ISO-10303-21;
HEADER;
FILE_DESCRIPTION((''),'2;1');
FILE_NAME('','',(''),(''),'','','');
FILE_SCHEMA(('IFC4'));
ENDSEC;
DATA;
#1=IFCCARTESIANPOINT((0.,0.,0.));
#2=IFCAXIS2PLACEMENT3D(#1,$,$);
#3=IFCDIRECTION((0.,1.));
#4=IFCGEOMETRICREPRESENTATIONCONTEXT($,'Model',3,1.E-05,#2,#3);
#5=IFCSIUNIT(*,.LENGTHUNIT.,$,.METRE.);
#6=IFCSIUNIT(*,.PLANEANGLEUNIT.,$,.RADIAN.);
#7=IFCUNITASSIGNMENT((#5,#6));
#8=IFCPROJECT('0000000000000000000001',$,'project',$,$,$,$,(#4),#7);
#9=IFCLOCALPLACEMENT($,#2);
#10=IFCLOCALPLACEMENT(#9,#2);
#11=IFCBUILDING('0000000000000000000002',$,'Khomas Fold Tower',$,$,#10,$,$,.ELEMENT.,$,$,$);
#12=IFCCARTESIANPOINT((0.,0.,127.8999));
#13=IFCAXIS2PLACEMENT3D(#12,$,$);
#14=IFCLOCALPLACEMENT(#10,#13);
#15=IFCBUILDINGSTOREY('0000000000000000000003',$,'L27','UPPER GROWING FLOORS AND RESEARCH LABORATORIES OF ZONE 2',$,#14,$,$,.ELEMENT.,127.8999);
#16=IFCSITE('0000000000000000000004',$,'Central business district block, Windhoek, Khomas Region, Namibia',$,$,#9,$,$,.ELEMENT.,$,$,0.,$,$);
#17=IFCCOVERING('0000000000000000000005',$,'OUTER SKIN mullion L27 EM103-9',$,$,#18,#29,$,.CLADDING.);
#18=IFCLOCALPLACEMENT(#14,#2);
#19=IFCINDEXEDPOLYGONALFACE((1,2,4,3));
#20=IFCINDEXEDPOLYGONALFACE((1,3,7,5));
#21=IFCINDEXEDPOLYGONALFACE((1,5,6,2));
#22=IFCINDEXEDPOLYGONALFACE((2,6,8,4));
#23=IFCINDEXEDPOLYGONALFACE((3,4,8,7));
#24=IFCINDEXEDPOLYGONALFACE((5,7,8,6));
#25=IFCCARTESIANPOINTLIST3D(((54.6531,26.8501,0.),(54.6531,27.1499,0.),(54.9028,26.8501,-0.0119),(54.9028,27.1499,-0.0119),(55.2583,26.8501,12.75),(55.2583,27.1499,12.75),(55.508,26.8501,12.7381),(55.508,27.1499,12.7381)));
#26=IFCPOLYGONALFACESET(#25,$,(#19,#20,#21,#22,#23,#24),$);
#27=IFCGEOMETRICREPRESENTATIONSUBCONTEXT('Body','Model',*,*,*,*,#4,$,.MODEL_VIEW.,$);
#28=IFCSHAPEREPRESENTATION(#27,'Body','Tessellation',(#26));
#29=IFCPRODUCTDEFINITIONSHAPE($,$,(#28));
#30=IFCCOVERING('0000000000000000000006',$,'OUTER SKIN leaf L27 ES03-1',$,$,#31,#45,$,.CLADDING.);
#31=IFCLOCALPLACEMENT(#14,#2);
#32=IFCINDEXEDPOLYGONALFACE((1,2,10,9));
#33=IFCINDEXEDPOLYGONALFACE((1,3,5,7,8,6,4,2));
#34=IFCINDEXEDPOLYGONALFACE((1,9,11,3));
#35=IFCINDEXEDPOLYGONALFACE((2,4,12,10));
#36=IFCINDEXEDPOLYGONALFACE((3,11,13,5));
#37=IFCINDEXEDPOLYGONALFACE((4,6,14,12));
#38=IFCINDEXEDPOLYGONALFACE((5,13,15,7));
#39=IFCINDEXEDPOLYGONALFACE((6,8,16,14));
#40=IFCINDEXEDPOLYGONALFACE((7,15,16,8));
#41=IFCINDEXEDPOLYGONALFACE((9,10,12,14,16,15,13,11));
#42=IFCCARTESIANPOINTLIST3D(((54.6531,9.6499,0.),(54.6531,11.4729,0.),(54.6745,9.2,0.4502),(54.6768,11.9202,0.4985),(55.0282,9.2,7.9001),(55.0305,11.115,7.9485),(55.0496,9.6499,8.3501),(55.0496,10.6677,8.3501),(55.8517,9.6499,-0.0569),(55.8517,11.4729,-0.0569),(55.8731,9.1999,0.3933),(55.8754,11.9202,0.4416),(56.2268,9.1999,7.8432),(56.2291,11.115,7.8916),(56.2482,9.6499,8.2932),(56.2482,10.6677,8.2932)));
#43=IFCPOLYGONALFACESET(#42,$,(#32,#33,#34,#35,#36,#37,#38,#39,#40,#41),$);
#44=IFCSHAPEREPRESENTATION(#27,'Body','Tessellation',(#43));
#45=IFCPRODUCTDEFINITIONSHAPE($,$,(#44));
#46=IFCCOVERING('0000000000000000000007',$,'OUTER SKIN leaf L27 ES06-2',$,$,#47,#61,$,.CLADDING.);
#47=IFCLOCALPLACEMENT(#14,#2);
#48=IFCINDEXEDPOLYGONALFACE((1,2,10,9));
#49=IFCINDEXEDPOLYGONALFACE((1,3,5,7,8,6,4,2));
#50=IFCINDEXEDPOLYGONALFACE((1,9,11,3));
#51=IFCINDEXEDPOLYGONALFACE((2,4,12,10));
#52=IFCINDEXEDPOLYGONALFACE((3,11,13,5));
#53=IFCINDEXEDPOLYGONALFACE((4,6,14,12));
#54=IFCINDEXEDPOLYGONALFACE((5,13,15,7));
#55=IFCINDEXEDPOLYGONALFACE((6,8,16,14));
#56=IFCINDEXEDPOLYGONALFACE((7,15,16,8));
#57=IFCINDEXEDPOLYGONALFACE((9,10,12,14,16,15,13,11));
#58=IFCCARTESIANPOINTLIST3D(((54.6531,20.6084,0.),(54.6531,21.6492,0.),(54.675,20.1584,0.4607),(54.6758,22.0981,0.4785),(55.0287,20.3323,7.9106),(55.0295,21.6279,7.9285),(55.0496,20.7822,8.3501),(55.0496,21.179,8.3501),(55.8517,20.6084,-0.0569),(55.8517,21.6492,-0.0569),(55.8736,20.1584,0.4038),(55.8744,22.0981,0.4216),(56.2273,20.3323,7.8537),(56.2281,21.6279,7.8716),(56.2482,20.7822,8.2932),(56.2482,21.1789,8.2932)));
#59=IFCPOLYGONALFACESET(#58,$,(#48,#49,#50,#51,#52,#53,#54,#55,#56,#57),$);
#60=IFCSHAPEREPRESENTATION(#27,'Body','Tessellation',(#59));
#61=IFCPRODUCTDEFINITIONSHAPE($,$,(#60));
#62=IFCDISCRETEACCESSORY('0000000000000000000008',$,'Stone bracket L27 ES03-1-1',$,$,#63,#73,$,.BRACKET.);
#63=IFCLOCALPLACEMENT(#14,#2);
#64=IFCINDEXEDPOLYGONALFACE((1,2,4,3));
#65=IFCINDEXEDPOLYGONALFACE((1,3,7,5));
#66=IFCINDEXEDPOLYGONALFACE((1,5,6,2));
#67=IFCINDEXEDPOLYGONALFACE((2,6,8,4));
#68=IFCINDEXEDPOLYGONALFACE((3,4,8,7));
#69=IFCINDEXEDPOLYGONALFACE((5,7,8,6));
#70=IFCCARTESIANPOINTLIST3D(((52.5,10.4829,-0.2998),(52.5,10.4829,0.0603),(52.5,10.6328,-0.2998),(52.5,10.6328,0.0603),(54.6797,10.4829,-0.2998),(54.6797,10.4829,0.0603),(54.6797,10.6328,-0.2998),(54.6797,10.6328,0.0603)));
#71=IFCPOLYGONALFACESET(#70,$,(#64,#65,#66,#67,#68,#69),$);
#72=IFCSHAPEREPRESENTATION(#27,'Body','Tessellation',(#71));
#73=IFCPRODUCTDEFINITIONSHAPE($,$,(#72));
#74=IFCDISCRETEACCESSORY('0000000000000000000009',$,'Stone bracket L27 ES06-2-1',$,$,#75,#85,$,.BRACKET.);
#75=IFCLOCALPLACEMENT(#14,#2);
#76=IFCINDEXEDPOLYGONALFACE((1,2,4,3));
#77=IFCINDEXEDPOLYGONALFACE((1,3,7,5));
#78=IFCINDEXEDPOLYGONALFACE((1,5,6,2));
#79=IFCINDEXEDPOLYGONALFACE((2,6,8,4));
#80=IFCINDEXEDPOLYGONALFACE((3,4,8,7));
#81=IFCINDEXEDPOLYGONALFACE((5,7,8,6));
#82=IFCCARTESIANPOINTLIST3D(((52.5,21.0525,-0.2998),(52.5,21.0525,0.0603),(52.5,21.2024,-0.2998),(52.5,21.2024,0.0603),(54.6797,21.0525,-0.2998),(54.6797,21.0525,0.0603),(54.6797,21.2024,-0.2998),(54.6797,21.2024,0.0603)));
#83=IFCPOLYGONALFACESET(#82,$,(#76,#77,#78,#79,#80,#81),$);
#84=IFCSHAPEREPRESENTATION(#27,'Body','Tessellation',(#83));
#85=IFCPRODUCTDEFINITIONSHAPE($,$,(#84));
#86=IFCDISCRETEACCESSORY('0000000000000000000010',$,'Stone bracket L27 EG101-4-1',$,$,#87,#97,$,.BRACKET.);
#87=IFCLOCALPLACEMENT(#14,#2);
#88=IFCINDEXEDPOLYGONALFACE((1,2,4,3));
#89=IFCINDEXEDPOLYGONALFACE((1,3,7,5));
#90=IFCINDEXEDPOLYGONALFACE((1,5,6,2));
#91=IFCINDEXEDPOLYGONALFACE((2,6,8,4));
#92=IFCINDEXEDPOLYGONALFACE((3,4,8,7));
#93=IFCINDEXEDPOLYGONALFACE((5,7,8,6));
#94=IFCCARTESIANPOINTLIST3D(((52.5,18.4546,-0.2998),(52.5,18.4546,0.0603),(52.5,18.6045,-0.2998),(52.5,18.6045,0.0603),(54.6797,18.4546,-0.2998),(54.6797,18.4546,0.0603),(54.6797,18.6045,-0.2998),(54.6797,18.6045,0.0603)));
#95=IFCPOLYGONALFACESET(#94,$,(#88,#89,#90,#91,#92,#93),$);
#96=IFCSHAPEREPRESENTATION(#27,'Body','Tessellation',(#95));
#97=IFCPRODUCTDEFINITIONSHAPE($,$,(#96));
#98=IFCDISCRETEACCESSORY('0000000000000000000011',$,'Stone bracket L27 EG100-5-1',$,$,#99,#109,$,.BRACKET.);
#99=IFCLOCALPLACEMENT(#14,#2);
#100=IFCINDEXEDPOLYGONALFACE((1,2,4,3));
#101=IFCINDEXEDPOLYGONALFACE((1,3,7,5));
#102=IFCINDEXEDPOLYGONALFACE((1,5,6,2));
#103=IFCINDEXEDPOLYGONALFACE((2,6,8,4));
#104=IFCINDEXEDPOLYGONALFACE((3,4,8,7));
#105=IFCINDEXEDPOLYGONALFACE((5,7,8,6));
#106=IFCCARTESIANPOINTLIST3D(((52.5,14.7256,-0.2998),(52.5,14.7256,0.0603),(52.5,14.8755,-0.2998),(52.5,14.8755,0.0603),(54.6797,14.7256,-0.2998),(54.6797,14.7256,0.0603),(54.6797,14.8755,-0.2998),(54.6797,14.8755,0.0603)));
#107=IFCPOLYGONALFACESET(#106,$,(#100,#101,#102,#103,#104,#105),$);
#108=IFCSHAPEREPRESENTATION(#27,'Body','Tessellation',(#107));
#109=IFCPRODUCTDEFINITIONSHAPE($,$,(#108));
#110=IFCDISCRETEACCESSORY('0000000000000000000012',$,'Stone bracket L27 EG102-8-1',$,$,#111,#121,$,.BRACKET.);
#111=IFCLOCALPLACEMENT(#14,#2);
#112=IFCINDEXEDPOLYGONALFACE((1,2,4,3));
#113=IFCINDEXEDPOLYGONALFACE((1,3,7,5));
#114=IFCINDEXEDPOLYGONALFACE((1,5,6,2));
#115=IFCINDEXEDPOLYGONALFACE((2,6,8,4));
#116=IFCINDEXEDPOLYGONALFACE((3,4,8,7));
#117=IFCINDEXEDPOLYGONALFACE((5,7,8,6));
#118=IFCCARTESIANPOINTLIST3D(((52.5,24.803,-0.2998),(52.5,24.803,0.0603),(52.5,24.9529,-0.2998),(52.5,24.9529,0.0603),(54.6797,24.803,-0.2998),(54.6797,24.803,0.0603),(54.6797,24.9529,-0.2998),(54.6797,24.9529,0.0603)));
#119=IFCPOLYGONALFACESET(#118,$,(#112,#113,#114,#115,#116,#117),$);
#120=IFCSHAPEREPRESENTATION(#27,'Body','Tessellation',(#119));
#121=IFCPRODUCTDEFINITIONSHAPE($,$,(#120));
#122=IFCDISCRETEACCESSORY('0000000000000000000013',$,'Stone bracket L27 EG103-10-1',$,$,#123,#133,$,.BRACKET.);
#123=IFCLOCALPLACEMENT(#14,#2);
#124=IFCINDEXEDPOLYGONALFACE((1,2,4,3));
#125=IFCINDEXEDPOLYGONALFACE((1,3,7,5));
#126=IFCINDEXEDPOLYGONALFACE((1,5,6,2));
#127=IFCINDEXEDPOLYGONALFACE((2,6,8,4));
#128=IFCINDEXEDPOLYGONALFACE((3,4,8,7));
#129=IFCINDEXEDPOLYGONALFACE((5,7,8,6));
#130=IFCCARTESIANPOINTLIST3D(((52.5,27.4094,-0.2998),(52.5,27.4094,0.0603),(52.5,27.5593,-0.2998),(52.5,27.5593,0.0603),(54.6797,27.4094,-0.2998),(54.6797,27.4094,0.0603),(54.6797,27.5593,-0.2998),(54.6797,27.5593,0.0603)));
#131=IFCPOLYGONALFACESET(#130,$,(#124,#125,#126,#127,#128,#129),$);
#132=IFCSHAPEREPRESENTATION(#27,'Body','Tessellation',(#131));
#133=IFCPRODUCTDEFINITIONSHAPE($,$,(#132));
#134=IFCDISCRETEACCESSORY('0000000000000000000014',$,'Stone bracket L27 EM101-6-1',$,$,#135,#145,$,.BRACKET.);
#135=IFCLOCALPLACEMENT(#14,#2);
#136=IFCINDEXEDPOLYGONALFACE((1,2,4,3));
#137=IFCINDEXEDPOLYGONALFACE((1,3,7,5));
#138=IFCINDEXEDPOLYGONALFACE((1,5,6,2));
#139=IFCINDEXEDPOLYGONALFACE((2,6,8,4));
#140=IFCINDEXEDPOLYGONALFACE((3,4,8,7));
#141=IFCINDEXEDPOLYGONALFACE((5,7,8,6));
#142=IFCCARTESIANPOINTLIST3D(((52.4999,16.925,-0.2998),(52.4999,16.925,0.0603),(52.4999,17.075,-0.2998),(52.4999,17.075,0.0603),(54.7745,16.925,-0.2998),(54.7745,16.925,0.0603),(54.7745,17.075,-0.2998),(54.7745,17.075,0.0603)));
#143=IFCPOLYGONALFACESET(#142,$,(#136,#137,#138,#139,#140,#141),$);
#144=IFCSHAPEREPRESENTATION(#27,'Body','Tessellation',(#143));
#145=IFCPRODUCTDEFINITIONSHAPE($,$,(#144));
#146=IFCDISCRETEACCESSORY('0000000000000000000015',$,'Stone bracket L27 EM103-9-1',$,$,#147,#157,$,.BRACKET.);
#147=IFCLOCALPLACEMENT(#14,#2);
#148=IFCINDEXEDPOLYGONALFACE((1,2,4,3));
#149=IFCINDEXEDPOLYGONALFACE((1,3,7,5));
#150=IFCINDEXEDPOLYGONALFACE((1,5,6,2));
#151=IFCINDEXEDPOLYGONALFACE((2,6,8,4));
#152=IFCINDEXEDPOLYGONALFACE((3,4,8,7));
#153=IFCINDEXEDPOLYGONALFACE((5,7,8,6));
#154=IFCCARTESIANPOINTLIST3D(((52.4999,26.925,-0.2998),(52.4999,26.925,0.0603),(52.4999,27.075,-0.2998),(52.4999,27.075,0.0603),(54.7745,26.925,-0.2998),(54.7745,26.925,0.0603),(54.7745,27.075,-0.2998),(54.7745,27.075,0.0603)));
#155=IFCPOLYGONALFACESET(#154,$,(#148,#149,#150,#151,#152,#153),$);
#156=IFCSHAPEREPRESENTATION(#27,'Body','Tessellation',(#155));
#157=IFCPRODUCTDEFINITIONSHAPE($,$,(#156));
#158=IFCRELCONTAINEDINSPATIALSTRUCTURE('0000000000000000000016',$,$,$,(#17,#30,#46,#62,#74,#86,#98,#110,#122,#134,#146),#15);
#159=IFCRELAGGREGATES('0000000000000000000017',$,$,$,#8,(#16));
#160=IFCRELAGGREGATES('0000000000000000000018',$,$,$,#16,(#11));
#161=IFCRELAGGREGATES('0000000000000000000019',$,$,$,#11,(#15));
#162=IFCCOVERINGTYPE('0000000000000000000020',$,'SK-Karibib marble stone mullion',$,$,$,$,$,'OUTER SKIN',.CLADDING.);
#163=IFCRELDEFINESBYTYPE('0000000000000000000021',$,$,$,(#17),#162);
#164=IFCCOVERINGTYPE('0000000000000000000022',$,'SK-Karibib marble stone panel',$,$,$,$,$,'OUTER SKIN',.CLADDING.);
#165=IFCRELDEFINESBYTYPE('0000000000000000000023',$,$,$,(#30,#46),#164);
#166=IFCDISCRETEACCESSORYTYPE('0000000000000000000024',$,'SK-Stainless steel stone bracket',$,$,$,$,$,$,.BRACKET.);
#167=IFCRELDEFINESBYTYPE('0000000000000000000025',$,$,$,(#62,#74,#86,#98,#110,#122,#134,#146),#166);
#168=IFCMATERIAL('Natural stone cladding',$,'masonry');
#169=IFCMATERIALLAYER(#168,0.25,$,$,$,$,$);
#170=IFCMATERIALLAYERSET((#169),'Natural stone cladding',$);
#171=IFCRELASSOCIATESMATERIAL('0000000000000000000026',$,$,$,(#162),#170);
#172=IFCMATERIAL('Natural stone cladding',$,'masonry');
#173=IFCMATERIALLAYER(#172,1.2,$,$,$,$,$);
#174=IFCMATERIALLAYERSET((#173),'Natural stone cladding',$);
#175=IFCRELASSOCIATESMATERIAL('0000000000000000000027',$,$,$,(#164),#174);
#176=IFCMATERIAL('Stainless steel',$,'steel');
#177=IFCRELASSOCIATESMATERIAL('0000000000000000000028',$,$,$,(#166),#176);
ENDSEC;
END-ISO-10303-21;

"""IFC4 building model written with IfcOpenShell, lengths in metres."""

from ifc_helpers import new_model, si_unit, direction, frame, origin, origin_2d, place, context, subcontext, project, spatial, polyline, rectangle, outline, extrude, source, transform, mapped, material, layer, layer_set, type_object, element, save


model = new_model("IFC4")

# Units and contexts
model_context = context("Model", 3, precision=1e-05, world=origin(), true_north=direction((0.0, 1.0)))
body_context = subcontext(model_context, "Body", "Model", "MODEL_VIEW")
ifc_project = project(units=[si_unit("LENGTHUNIT", "METRE"), si_unit("PLANEANGLEUNIT", "RADIAN")], contexts=[model_context])

# Site, building, storey
site_placement = place(None, origin())
site = spatial("IfcSite", under=ifc_project, at=site_placement, Name="Central business district block, Windhoek, Khomas Region, Namibia", CompositionType="ELEMENT", RefElevation=0.0)
building_placement = place(site_placement, origin())
building = spatial("IfcBuilding", under=site, at=building_placement, Name="Khomas Fold Tower", CompositionType="ELEMENT")
storey_placement = place(building_placement, frame((0.0, 0.0, 127.8999)))
storey = spatial("IfcBuildingStorey", under=building, at=storey_placement, Name="L27", Description="UPPER GROWING FLOORS AND RESEARCH LABORATORIES OF ZONE 2", CompositionType="ELEMENT", Elevation=127.8999)

# Coverings
ifc_material_1 = material(Name="Natural stone cladding", Category="masonry")
ifc_layer_1 = layer(ifc_material_1, 0.25)
ifc_layer_set_1 = layer_set([ifc_layer_1], Name="Natural stone cladding")
covering_type_1 = type_object("IfcCoveringType", Name="SK-Karibib marble stone mullion", ElementType="OUTER SKIN", PredefinedType="CLADDING", material=ifc_layer_set_1)
for number, where, z_axis, x_axis, name in (
    (1, (54.6531, 26.8501, 0.0), (-0.998875, 0.0, 0.047415), (0.047415, 0.0, 0.998875), "OUTER SKIN mullion L27 EM103-9"),
):
    element("IfcCovering", number, at=place(storey_placement, frame(where, z_axis=z_axis, x_axis=x_axis)), inside=storey, type_object=covering_type_1, Name=name, PredefinedType="CLADDING", context=body_context, shape_type="SweptSolid", body=[
        extrude(outline(polyline([(0.0, 0.0), (12.7644, 0.0), (12.7644, 0.2998), (0.0, 0.2998), (0.0, 0.0)])), origin(), (0.0, 0.0, -1.0), 0.25),
    ])
ifc_material_2 = material(Name="Natural stone cladding", Category="masonry")
ifc_layer_2 = layer(ifc_material_2, 1.2)
ifc_layer_set_2 = layer_set([ifc_layer_2], Name="Natural stone cladding")
covering_type_2 = type_object("IfcCoveringType", Name="SK-Karibib marble stone panel", ElementType="OUTER SKIN", PredefinedType="CLADDING", material=ifc_layer_set_2)
covering_1_placement = place(storey_placement, frame((55.0305, 11.115, 7.9485), z_axis=(-0.998875, 0.00001, 0.047427), x_axis=(-0.047152, 0.107333, -0.993104)))
element("IfcCovering", 2, at=covering_1_placement, inside=storey, type_object=covering_type_2, Name="OUTER SKIN leaf L27 ES03-1", PredefinedType="CLADDING", context=body_context, shape_type="SweptSolid", body=[
    extrude(outline(polyline([(0.0, 0.0), (7.5017, 0.0), (7.9499, 0.4983), (7.7542, 2.3107), (7.2578, 2.7097), (-0.1574, 1.9092), (-0.557, 1.4135), (-0.4477, 0.4015), (0.0, 0.0)])), origin(), (0.0, 0.0, -1.0), 1.2),
])
covering_2_placement = place(storey_placement, frame((55.0295, 21.6279, 7.9285), z_axis=(-0.998875, 0.000005, 0.047425), x_axis=(-0.047331, 0.062921, -0.996896)))
element("IfcCovering", 3, at=covering_2_placement, inside=storey, type_object=covering_type_2, Name="OUTER SKIN leaf L27 ES06-2", PredefinedType="CLADDING", context=body_context, shape_type="SweptSolid", body=[
    extrude(outline(polyline([(0.0, 0.0), (7.4732, 0.0), (7.923, 0.4782), (7.8575, 1.5169), (7.3689, 1.937), (-0.0637, 1.2942), (-0.4745, 0.8175), (-0.4495, 0.4215), (0.0, 0.0)])), origin(), (0.0, 0.0, -1.0), 1.2),
])

# Discrete accessories
ifc_material_3 = material(Name="Stainless steel", Category="steel")
discrete_accessory_type = type_object("IfcDiscreteAccessoryType", Name="SK-Stainless steel stone bracket", PredefinedType="BRACKET", material=ifc_material_3)
shared_shape_1 = source(origin(), body_context, "Body", "SweptSolid", [
    extrude(rectangle(XDim=2.1797, YDim=0.1499, at=origin_2d()), origin(), (0.0, 0.0, 1.0), 0.3601),
])
for number, where, z_axis, x_axis, name in (
    (4, (53.5898, 10.5579, -0.2998), (0.0, 0.0, 1.0), (1.0, 0.0, 0.0), "Stone bracket L27 ES03-1-1"),
    (5, (53.5898, 21.1274, -0.2998), (0.0, 0.0, 1.0), (1.0, 0.0, 0.0), "Stone bracket L27 ES06-2-1"),
    (6, (53.5898, 18.5295, -0.2998), (0.0, 0.0, 1.0), (1.0, 0.0, 0.0), "Stone bracket L27 EG101-4-1"),
    (7, (53.5898, 14.8005, -0.2998), (0.0, 0.0, 1.0), (1.0, 0.0, 0.0), "Stone bracket L27 EG100-5-1"),
    (8, (53.5898, 24.8779, -0.2998), (0.0, 0.0, 1.0), (1.0, 0.0, 0.0), "Stone bracket L27 EG102-8-1"),
    (9, (53.5898, 27.4844, -0.2998), (0.0, 0.0, 1.0), (1.0, 0.0, 0.0), "Stone bracket L27 EG103-10-1"),
):
    element("IfcDiscreteAccessory", number, at=place(storey_placement, frame(where, z_axis=z_axis, x_axis=x_axis)), inside=storey, type_object=discrete_accessory_type, Name=name, PredefinedType="BRACKET", context=body_context, shape_type="MappedRepresentation", body=[
        mapped(shared_shape_1, transform((0.0, 0.0, 0.0))),
    ])
shared_shape_2 = source(origin(), body_context, "Body", "SweptSolid", [
    extrude(rectangle(XDim=2.2747, YDim=0.1499, at=origin_2d()), origin(), (0.0, 0.0, 1.0), 0.3601),
])
for number, where, z_axis, x_axis, name in (
    (10, (53.6372, 17.0, -0.2998), (0.0, 0.0, 1.0), (1.0, 0.0, 0.0), "Stone bracket L27 EM101-6-1"),
    (11, (53.6372, 27.0, -0.2998), (0.0, 0.0, 1.0), (1.0, 0.0, 0.0), "Stone bracket L27 EM103-9-1"),
):
    element("IfcDiscreteAccessory", number, at=place(storey_placement, frame(where, z_axis=z_axis, x_axis=x_axis)), inside=storey, type_object=discrete_accessory_type, Name=name, PredefinedType="BRACKET", context=body_context, shape_type="MappedRepresentation", body=[
        mapped(shared_shape_2, transform((0.0, 0.0, 0.0))),
    ])

save(model, "model.ifc")
